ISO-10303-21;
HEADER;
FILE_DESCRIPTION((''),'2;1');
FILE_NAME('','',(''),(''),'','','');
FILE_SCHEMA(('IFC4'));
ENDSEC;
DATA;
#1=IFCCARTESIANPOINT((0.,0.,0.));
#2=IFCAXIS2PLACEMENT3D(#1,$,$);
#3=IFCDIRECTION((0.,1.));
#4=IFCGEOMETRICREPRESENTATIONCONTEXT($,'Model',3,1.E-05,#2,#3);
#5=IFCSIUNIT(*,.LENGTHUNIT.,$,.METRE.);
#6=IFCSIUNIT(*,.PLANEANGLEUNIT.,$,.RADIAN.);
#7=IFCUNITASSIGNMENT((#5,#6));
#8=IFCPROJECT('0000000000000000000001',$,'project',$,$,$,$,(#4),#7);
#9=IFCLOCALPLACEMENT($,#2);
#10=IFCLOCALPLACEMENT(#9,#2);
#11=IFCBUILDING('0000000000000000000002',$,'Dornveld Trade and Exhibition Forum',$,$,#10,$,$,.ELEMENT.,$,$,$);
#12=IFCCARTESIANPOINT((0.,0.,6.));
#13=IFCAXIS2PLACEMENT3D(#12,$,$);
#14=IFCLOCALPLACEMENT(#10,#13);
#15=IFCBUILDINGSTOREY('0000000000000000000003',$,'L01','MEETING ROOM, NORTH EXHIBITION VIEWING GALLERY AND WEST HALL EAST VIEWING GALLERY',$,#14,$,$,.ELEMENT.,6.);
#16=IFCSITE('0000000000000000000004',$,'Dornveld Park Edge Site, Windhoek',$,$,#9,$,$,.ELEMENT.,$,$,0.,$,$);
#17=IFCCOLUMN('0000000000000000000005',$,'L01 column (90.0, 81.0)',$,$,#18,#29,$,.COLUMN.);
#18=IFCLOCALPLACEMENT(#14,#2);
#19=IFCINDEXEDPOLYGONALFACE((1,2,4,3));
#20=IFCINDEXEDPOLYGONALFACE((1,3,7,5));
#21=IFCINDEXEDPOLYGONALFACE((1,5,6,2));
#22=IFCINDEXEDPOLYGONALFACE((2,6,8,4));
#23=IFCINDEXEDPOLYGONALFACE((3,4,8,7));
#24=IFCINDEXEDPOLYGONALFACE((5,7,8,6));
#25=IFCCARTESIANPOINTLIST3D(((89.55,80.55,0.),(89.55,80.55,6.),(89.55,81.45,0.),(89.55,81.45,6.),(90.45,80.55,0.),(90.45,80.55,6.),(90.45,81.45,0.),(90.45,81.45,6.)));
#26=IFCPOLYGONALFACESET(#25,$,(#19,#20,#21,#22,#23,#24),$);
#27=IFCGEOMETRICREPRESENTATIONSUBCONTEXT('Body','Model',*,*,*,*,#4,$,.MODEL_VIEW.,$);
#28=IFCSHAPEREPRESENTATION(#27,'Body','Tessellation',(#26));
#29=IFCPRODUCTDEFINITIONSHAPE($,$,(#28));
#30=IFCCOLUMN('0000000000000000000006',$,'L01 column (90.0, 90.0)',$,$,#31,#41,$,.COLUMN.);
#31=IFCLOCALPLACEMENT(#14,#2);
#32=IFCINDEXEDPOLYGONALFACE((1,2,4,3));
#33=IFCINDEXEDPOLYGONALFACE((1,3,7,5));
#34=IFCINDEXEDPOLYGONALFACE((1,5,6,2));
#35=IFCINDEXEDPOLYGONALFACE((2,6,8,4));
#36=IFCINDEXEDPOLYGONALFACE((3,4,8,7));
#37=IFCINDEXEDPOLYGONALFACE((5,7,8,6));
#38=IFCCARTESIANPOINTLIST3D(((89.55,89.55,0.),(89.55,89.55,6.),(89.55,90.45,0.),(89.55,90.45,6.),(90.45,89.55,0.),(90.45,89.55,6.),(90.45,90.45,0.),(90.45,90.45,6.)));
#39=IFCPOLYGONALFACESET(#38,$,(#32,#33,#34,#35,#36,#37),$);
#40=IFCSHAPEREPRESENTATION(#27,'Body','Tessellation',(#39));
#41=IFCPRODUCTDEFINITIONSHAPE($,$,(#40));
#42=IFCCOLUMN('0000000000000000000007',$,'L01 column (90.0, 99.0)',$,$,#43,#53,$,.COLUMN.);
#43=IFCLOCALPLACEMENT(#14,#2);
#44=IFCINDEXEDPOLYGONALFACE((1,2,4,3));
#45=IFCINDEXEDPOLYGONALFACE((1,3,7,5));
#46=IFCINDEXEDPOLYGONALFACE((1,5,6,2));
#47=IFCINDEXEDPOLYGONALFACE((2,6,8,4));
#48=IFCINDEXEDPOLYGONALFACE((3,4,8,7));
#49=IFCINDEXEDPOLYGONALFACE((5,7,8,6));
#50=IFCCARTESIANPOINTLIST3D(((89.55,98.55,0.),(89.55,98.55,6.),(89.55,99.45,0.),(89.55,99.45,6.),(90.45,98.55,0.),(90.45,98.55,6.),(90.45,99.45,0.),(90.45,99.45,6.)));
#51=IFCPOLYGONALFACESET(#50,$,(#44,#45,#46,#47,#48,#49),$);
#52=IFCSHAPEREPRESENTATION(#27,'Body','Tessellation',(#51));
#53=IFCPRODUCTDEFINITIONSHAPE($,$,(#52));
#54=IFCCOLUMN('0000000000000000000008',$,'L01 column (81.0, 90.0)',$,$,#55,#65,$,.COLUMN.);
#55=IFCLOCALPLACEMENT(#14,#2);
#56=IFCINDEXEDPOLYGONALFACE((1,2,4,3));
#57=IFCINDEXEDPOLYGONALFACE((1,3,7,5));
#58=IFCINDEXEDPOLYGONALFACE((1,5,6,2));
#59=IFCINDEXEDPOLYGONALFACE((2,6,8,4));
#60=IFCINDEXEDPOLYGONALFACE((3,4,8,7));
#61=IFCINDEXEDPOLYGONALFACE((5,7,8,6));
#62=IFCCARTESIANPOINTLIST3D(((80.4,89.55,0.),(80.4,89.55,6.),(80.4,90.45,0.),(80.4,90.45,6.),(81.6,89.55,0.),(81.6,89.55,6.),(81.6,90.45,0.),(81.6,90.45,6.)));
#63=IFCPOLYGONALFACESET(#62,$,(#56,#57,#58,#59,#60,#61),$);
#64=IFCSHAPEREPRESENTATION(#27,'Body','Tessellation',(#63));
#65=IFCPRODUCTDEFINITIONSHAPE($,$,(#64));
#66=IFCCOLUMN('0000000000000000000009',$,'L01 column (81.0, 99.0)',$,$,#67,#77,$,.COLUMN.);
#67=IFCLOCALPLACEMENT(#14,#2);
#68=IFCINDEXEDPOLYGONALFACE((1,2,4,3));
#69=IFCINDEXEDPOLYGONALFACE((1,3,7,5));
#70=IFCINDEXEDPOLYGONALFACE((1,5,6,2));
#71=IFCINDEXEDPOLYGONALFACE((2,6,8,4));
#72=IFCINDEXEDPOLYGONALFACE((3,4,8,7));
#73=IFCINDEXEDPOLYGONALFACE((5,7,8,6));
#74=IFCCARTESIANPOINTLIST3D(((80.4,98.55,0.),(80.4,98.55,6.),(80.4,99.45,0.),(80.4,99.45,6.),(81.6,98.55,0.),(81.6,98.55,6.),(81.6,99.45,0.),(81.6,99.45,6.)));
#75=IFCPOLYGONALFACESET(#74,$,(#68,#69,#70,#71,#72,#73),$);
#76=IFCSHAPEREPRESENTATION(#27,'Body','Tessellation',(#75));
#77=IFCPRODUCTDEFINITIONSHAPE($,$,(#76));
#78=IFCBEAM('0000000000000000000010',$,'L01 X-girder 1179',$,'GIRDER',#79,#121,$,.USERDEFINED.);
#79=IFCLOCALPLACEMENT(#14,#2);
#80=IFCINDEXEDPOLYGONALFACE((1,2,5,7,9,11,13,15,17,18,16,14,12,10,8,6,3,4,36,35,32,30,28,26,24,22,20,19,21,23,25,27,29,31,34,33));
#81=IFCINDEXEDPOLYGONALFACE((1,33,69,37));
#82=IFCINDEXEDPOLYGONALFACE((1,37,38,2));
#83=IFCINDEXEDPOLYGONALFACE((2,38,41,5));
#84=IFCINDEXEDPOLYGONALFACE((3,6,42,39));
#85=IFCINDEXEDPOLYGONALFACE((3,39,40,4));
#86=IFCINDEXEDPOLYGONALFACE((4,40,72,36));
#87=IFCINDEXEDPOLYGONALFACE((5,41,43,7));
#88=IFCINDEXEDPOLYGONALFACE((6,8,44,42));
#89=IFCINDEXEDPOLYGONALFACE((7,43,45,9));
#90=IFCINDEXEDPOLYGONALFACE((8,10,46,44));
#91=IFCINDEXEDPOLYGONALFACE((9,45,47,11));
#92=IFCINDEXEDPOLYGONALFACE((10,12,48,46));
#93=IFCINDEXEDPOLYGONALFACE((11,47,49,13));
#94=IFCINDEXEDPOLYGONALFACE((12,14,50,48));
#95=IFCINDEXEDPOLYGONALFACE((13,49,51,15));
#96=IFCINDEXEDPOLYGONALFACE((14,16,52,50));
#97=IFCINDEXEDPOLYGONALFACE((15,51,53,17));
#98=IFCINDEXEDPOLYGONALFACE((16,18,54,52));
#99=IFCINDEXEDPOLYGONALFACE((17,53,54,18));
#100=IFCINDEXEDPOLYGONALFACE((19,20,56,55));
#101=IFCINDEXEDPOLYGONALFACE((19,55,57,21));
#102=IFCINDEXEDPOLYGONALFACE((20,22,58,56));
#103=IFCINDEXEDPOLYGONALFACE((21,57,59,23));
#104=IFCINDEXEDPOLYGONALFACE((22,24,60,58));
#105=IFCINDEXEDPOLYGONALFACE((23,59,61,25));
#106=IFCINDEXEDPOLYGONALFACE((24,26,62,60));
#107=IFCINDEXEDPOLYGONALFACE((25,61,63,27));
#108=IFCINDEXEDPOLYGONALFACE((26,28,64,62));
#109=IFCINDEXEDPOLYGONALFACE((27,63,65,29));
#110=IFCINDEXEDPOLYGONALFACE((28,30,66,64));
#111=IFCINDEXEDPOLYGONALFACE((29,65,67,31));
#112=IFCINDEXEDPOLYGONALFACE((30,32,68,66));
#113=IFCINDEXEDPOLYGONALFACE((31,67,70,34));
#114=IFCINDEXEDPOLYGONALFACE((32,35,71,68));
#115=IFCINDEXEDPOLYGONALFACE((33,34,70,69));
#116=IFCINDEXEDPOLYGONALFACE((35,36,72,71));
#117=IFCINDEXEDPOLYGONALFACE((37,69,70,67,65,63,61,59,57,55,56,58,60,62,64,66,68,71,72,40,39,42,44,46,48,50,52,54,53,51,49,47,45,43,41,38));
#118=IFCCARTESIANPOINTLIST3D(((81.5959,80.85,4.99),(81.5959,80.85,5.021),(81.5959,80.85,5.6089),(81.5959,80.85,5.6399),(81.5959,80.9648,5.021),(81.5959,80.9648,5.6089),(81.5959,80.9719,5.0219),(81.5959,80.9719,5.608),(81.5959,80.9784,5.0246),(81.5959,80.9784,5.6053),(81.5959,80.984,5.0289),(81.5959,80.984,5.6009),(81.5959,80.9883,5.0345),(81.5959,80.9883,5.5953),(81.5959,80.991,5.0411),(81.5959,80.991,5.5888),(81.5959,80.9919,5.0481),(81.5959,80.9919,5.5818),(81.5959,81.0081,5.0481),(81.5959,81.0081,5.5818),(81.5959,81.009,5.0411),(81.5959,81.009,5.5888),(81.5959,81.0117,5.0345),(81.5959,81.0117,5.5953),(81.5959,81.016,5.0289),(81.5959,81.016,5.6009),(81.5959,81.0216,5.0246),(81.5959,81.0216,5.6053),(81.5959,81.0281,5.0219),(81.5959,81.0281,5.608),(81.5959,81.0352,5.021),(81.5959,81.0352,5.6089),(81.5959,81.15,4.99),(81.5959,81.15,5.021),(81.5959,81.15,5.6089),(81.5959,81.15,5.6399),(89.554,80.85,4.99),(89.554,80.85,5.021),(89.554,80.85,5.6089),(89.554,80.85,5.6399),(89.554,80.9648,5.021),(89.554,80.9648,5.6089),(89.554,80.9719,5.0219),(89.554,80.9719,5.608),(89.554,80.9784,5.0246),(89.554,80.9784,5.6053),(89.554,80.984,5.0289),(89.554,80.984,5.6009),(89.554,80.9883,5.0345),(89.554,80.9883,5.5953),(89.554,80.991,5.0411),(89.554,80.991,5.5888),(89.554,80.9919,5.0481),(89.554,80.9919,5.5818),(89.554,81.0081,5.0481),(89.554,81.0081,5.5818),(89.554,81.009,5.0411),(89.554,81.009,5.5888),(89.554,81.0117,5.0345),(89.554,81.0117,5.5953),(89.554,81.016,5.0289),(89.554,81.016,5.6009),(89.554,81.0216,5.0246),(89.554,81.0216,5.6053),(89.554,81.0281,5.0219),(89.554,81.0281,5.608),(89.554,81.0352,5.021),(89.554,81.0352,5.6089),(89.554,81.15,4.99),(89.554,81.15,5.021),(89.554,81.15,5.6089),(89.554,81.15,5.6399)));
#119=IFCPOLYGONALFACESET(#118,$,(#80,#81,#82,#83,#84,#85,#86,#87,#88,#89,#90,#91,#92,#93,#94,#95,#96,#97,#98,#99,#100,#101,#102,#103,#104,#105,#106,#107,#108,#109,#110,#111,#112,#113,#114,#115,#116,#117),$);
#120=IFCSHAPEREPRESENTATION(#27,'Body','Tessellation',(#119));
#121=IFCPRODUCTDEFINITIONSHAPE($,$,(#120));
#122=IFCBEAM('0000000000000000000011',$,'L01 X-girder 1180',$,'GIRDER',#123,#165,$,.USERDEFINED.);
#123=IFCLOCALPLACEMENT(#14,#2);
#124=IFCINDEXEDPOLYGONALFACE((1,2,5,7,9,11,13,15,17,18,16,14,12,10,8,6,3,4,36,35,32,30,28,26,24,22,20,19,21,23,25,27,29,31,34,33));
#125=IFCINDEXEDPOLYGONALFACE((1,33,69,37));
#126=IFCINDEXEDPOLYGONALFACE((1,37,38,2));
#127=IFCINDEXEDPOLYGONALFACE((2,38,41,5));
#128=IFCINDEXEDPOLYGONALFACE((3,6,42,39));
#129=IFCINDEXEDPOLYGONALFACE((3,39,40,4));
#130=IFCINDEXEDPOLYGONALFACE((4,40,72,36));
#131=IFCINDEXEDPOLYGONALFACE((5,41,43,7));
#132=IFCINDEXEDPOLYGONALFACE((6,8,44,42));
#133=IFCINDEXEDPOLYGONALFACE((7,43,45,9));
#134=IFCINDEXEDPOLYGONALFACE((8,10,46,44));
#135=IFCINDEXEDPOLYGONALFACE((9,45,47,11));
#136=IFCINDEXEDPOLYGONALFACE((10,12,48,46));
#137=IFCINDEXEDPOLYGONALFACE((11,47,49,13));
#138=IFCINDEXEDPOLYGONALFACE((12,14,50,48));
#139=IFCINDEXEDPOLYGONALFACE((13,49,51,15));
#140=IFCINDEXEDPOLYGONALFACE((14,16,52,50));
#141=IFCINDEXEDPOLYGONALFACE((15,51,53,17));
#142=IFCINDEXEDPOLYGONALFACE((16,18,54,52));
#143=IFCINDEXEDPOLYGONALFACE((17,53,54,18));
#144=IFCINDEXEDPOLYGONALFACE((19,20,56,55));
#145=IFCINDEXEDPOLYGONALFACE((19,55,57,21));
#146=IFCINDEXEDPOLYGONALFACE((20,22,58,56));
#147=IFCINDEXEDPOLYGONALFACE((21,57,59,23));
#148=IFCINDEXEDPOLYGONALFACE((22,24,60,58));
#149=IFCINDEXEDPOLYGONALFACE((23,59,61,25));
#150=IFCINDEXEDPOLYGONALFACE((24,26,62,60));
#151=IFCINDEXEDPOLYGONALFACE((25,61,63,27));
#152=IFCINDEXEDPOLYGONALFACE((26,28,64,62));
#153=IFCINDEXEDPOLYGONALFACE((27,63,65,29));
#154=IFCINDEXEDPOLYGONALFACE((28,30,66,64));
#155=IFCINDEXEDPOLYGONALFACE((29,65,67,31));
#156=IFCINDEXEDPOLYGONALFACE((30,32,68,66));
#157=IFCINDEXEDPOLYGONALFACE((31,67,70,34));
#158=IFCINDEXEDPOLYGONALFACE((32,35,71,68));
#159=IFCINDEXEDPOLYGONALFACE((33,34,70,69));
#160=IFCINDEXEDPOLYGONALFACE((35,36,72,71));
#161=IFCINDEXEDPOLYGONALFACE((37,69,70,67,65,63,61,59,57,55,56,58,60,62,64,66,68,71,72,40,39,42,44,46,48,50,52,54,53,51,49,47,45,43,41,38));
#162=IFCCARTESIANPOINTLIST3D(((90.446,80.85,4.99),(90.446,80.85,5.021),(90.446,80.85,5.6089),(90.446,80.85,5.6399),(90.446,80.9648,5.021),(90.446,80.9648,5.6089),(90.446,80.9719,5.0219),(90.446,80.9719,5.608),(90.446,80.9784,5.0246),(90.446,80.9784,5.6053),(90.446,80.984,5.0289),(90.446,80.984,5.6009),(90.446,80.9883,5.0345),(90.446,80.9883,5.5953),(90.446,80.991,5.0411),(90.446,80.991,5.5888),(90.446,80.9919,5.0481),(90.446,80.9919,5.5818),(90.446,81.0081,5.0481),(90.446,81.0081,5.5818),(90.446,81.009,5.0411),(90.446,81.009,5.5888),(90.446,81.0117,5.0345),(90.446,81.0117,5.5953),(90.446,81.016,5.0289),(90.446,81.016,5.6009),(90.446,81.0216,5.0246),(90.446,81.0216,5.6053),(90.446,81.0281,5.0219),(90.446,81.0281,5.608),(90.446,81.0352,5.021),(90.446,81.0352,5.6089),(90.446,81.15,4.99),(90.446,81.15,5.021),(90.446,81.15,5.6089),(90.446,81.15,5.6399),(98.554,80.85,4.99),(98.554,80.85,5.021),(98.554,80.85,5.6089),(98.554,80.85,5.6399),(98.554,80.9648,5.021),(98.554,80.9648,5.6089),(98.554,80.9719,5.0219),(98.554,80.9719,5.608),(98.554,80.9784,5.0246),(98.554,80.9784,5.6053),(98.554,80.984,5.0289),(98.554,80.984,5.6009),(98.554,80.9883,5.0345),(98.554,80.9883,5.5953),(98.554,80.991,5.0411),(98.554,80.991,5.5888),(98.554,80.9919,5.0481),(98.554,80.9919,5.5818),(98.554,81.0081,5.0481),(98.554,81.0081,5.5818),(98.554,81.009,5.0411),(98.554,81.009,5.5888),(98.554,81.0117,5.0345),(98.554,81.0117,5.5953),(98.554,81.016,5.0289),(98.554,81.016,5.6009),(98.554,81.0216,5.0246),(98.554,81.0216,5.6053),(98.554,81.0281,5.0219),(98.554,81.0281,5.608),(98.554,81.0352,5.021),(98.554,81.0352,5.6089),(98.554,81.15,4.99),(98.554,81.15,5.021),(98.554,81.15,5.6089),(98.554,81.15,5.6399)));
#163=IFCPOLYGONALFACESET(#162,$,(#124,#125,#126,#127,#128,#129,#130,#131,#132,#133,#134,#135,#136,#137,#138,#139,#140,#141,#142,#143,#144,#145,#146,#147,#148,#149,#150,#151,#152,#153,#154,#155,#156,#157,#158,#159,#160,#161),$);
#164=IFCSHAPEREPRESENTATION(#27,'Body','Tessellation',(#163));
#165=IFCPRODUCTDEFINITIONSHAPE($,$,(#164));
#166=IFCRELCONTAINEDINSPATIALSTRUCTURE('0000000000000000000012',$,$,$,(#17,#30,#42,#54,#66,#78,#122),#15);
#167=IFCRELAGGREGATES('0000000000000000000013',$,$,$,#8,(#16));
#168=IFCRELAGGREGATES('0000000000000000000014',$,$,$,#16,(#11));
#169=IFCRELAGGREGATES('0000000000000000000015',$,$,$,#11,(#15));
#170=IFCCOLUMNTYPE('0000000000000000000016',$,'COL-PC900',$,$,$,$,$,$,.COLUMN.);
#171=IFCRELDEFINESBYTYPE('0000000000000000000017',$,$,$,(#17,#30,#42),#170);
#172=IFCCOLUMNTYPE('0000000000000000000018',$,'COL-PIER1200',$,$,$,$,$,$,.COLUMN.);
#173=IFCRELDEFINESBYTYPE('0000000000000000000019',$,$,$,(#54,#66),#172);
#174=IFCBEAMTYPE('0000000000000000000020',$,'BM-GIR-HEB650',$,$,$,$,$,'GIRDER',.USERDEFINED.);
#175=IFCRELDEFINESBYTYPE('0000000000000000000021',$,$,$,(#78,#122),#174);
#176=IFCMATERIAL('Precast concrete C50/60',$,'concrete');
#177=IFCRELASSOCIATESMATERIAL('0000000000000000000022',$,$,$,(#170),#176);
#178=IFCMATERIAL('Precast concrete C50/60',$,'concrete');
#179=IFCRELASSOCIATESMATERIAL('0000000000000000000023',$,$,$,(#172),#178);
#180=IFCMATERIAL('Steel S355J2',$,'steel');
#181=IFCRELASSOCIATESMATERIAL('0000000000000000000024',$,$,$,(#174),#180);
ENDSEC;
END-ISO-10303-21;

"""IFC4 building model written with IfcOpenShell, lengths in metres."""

from ifc_helpers import new_model, si_unit, direction, frame, origin, origin_2d, place, context, subcontext, project, spatial, rectangle, i_section, extrude, material, material_profile, profile_set, type_object, element, save


model = new_model("IFC4")

# Units and contexts
model_context = context("Model", 3, precision=1e-05, world=origin(), true_north=direction((0.0, 1.0)))
body_context = subcontext(model_context, "Body", "Model", "MODEL_VIEW")
ifc_project = project(units=[si_unit("LENGTHUNIT", "METRE"), si_unit("PLANEANGLEUNIT", "RADIAN")], contexts=[model_context])

# Site, building, storey
site_placement = place(None, origin())
site = spatial("IfcSite", under=ifc_project, at=site_placement, Name="Dornveld Park Edge Site, Windhoek", CompositionType="ELEMENT", RefElevation=0.0)
building_placement = place(site_placement, origin())
building = spatial("IfcBuilding", under=site, at=building_placement, Name="Dornveld Trade and Exhibition Forum", CompositionType="ELEMENT")
storey_placement = place(building_placement, frame((0.0, 0.0, 6.0)))
storey = spatial("IfcBuildingStorey", under=building, at=storey_placement, Name="L01", Description="MEETING ROOM, NORTH EXHIBITION VIEWING GALLERY AND WEST HALL EAST VIEWING GALLERY", CompositionType="ELEMENT", Elevation=6.0)

# Columns
ifc_material_1 = material(Name="Precast concrete C50/60", Category="concrete")
ifc_material_profile_1 = material_profile(ifc_material_1, rectangle(XDim=0.8999, YDim=0.8999, at=origin_2d()), Name="PC-COL 900x900")
ifc_profile_set_1 = profile_set([ifc_material_profile_1], Name="Precast concrete C50/60")
column_type_1 = type_object("IfcColumnType", Name="COL-PC900", PredefinedType="COLUMN", material=ifc_profile_set_1)
for number, where, z_axis, x_axis, name in (
    (1, (90.0, 81.0, 0.0), (0.0, 0.0, 1.0), (1.0, 0.0, 0.0), "L01 column (90.0, 81.0)"),
    (2, (90.0, 90.0, 0.0), (0.0, 0.0, 1.0), (1.0, 0.0, 0.0), "L01 column (90.0, 90.0)"),
    (3, (90.0, 99.0, 0.0), (0.0, 0.0, 1.0), (1.0, 0.0, 0.0), "L01 column (90.0, 99.0)"),
):
    element("IfcColumn", number, at=place(storey_placement, frame(where, z_axis=z_axis, x_axis=x_axis)), inside=storey, type_object=column_type_1, Name=name, PredefinedType="COLUMN", context=body_context, shape_type="SweptSolid", body=[
        extrude(rectangle(XDim=0.8999, YDim=0.8999, at=origin_2d()), origin(), (0.0, 0.0, 1.0), 6.0),
    ])
ifc_material_2 = material(Name="Precast concrete C50/60", Category="concrete")
ifc_material_profile_2 = material_profile(ifc_material_2, rectangle(XDim=1.2, YDim=0.8999, at=origin_2d()), Name="PC-PIER 1200x900")
ifc_profile_set_2 = profile_set([ifc_material_profile_2], Name="Precast concrete C50/60")
column_type_2 = type_object("IfcColumnType", Name="COL-PIER1200", PredefinedType="COLUMN", material=ifc_profile_set_2)
for number, where, z_axis, x_axis, name in (
    (4, (81.0, 90.0, 0.0), (0.0, 0.0, 1.0), (1.0, 0.0, 0.0), "L01 column (81.0, 90.0)"),
    (5, (81.0, 99.0, 0.0), (0.0, 0.0, 1.0), (1.0, 0.0, 0.0), "L01 column (81.0, 99.0)"),
):
    element("IfcColumn", number, at=place(storey_placement, frame(where, z_axis=z_axis, x_axis=x_axis)), inside=storey, type_object=column_type_2, Name=name, PredefinedType="COLUMN", context=body_context, shape_type="SweptSolid", body=[
        extrude(rectangle(XDim=1.2, YDim=0.8999, at=origin_2d()), origin(), (0.0, 0.0, 1.0), 6.0),
    ])

# Beams
ifc_material_3 = material(Name="Steel S355J2", Category="steel")
ifc_material_profile_3 = material_profile(ifc_material_3, i_section(OverallWidth=0.3, OverallDepth=0.6499, WebThickness=0.0161, FlangeThickness=0.031, FilletRadius=0.0271, at=origin_2d()), Name="HEB 650")
ifc_profile_set_3 = profile_set([ifc_material_profile_3], Name="Steel S355J2")
beam_type_1 = type_object("IfcBeamType", Name="BM-GIR-HEB650", ElementType="GIRDER", PredefinedType="USERDEFINED", material=ifc_profile_set_3)
beam_1_placement = place(storey_placement, frame((81.5959, 81.0, 5.3149), z_axis=(1.0, 0.0, 0.0), x_axis=(0.0, 1.0, 0.0)))
element("IfcBeam", 6, at=beam_1_placement, inside=storey, type_object=beam_type_1, Name="L01 X-girder 1179", ObjectType="GIRDER", PredefinedType="USERDEFINED", context=body_context, shape_type="SweptSolid", body=[
    extrude(i_section(OverallWidth=0.3, OverallDepth=0.6499, WebThickness=0.0161, FlangeThickness=0.031, FilletRadius=0.0271, at=origin_2d()), origin(), (0.0, 0.0, 1.0), 7.958),
])
beam_2_placement = place(storey_placement, frame((90.446, 81.0, 5.3149), z_axis=(1.0, 0.0, 0.0), x_axis=(0.0, 1.0, 0.0)))
element("IfcBeam", 7, at=beam_2_placement, inside=storey, type_object=beam_type_1, Name="L01 X-girder 1180", ObjectType="GIRDER", PredefinedType="USERDEFINED", context=body_context, shape_type="SweptSolid", body=[
    extrude(i_section(OverallWidth=0.3, OverallDepth=0.6499, WebThickness=0.0161, FlangeThickness=0.031, FilletRadius=0.0271, at=origin_2d()), origin(), (0.0, 0.0, 1.0), 8.1079),
])

save(model, "model.ifc")
